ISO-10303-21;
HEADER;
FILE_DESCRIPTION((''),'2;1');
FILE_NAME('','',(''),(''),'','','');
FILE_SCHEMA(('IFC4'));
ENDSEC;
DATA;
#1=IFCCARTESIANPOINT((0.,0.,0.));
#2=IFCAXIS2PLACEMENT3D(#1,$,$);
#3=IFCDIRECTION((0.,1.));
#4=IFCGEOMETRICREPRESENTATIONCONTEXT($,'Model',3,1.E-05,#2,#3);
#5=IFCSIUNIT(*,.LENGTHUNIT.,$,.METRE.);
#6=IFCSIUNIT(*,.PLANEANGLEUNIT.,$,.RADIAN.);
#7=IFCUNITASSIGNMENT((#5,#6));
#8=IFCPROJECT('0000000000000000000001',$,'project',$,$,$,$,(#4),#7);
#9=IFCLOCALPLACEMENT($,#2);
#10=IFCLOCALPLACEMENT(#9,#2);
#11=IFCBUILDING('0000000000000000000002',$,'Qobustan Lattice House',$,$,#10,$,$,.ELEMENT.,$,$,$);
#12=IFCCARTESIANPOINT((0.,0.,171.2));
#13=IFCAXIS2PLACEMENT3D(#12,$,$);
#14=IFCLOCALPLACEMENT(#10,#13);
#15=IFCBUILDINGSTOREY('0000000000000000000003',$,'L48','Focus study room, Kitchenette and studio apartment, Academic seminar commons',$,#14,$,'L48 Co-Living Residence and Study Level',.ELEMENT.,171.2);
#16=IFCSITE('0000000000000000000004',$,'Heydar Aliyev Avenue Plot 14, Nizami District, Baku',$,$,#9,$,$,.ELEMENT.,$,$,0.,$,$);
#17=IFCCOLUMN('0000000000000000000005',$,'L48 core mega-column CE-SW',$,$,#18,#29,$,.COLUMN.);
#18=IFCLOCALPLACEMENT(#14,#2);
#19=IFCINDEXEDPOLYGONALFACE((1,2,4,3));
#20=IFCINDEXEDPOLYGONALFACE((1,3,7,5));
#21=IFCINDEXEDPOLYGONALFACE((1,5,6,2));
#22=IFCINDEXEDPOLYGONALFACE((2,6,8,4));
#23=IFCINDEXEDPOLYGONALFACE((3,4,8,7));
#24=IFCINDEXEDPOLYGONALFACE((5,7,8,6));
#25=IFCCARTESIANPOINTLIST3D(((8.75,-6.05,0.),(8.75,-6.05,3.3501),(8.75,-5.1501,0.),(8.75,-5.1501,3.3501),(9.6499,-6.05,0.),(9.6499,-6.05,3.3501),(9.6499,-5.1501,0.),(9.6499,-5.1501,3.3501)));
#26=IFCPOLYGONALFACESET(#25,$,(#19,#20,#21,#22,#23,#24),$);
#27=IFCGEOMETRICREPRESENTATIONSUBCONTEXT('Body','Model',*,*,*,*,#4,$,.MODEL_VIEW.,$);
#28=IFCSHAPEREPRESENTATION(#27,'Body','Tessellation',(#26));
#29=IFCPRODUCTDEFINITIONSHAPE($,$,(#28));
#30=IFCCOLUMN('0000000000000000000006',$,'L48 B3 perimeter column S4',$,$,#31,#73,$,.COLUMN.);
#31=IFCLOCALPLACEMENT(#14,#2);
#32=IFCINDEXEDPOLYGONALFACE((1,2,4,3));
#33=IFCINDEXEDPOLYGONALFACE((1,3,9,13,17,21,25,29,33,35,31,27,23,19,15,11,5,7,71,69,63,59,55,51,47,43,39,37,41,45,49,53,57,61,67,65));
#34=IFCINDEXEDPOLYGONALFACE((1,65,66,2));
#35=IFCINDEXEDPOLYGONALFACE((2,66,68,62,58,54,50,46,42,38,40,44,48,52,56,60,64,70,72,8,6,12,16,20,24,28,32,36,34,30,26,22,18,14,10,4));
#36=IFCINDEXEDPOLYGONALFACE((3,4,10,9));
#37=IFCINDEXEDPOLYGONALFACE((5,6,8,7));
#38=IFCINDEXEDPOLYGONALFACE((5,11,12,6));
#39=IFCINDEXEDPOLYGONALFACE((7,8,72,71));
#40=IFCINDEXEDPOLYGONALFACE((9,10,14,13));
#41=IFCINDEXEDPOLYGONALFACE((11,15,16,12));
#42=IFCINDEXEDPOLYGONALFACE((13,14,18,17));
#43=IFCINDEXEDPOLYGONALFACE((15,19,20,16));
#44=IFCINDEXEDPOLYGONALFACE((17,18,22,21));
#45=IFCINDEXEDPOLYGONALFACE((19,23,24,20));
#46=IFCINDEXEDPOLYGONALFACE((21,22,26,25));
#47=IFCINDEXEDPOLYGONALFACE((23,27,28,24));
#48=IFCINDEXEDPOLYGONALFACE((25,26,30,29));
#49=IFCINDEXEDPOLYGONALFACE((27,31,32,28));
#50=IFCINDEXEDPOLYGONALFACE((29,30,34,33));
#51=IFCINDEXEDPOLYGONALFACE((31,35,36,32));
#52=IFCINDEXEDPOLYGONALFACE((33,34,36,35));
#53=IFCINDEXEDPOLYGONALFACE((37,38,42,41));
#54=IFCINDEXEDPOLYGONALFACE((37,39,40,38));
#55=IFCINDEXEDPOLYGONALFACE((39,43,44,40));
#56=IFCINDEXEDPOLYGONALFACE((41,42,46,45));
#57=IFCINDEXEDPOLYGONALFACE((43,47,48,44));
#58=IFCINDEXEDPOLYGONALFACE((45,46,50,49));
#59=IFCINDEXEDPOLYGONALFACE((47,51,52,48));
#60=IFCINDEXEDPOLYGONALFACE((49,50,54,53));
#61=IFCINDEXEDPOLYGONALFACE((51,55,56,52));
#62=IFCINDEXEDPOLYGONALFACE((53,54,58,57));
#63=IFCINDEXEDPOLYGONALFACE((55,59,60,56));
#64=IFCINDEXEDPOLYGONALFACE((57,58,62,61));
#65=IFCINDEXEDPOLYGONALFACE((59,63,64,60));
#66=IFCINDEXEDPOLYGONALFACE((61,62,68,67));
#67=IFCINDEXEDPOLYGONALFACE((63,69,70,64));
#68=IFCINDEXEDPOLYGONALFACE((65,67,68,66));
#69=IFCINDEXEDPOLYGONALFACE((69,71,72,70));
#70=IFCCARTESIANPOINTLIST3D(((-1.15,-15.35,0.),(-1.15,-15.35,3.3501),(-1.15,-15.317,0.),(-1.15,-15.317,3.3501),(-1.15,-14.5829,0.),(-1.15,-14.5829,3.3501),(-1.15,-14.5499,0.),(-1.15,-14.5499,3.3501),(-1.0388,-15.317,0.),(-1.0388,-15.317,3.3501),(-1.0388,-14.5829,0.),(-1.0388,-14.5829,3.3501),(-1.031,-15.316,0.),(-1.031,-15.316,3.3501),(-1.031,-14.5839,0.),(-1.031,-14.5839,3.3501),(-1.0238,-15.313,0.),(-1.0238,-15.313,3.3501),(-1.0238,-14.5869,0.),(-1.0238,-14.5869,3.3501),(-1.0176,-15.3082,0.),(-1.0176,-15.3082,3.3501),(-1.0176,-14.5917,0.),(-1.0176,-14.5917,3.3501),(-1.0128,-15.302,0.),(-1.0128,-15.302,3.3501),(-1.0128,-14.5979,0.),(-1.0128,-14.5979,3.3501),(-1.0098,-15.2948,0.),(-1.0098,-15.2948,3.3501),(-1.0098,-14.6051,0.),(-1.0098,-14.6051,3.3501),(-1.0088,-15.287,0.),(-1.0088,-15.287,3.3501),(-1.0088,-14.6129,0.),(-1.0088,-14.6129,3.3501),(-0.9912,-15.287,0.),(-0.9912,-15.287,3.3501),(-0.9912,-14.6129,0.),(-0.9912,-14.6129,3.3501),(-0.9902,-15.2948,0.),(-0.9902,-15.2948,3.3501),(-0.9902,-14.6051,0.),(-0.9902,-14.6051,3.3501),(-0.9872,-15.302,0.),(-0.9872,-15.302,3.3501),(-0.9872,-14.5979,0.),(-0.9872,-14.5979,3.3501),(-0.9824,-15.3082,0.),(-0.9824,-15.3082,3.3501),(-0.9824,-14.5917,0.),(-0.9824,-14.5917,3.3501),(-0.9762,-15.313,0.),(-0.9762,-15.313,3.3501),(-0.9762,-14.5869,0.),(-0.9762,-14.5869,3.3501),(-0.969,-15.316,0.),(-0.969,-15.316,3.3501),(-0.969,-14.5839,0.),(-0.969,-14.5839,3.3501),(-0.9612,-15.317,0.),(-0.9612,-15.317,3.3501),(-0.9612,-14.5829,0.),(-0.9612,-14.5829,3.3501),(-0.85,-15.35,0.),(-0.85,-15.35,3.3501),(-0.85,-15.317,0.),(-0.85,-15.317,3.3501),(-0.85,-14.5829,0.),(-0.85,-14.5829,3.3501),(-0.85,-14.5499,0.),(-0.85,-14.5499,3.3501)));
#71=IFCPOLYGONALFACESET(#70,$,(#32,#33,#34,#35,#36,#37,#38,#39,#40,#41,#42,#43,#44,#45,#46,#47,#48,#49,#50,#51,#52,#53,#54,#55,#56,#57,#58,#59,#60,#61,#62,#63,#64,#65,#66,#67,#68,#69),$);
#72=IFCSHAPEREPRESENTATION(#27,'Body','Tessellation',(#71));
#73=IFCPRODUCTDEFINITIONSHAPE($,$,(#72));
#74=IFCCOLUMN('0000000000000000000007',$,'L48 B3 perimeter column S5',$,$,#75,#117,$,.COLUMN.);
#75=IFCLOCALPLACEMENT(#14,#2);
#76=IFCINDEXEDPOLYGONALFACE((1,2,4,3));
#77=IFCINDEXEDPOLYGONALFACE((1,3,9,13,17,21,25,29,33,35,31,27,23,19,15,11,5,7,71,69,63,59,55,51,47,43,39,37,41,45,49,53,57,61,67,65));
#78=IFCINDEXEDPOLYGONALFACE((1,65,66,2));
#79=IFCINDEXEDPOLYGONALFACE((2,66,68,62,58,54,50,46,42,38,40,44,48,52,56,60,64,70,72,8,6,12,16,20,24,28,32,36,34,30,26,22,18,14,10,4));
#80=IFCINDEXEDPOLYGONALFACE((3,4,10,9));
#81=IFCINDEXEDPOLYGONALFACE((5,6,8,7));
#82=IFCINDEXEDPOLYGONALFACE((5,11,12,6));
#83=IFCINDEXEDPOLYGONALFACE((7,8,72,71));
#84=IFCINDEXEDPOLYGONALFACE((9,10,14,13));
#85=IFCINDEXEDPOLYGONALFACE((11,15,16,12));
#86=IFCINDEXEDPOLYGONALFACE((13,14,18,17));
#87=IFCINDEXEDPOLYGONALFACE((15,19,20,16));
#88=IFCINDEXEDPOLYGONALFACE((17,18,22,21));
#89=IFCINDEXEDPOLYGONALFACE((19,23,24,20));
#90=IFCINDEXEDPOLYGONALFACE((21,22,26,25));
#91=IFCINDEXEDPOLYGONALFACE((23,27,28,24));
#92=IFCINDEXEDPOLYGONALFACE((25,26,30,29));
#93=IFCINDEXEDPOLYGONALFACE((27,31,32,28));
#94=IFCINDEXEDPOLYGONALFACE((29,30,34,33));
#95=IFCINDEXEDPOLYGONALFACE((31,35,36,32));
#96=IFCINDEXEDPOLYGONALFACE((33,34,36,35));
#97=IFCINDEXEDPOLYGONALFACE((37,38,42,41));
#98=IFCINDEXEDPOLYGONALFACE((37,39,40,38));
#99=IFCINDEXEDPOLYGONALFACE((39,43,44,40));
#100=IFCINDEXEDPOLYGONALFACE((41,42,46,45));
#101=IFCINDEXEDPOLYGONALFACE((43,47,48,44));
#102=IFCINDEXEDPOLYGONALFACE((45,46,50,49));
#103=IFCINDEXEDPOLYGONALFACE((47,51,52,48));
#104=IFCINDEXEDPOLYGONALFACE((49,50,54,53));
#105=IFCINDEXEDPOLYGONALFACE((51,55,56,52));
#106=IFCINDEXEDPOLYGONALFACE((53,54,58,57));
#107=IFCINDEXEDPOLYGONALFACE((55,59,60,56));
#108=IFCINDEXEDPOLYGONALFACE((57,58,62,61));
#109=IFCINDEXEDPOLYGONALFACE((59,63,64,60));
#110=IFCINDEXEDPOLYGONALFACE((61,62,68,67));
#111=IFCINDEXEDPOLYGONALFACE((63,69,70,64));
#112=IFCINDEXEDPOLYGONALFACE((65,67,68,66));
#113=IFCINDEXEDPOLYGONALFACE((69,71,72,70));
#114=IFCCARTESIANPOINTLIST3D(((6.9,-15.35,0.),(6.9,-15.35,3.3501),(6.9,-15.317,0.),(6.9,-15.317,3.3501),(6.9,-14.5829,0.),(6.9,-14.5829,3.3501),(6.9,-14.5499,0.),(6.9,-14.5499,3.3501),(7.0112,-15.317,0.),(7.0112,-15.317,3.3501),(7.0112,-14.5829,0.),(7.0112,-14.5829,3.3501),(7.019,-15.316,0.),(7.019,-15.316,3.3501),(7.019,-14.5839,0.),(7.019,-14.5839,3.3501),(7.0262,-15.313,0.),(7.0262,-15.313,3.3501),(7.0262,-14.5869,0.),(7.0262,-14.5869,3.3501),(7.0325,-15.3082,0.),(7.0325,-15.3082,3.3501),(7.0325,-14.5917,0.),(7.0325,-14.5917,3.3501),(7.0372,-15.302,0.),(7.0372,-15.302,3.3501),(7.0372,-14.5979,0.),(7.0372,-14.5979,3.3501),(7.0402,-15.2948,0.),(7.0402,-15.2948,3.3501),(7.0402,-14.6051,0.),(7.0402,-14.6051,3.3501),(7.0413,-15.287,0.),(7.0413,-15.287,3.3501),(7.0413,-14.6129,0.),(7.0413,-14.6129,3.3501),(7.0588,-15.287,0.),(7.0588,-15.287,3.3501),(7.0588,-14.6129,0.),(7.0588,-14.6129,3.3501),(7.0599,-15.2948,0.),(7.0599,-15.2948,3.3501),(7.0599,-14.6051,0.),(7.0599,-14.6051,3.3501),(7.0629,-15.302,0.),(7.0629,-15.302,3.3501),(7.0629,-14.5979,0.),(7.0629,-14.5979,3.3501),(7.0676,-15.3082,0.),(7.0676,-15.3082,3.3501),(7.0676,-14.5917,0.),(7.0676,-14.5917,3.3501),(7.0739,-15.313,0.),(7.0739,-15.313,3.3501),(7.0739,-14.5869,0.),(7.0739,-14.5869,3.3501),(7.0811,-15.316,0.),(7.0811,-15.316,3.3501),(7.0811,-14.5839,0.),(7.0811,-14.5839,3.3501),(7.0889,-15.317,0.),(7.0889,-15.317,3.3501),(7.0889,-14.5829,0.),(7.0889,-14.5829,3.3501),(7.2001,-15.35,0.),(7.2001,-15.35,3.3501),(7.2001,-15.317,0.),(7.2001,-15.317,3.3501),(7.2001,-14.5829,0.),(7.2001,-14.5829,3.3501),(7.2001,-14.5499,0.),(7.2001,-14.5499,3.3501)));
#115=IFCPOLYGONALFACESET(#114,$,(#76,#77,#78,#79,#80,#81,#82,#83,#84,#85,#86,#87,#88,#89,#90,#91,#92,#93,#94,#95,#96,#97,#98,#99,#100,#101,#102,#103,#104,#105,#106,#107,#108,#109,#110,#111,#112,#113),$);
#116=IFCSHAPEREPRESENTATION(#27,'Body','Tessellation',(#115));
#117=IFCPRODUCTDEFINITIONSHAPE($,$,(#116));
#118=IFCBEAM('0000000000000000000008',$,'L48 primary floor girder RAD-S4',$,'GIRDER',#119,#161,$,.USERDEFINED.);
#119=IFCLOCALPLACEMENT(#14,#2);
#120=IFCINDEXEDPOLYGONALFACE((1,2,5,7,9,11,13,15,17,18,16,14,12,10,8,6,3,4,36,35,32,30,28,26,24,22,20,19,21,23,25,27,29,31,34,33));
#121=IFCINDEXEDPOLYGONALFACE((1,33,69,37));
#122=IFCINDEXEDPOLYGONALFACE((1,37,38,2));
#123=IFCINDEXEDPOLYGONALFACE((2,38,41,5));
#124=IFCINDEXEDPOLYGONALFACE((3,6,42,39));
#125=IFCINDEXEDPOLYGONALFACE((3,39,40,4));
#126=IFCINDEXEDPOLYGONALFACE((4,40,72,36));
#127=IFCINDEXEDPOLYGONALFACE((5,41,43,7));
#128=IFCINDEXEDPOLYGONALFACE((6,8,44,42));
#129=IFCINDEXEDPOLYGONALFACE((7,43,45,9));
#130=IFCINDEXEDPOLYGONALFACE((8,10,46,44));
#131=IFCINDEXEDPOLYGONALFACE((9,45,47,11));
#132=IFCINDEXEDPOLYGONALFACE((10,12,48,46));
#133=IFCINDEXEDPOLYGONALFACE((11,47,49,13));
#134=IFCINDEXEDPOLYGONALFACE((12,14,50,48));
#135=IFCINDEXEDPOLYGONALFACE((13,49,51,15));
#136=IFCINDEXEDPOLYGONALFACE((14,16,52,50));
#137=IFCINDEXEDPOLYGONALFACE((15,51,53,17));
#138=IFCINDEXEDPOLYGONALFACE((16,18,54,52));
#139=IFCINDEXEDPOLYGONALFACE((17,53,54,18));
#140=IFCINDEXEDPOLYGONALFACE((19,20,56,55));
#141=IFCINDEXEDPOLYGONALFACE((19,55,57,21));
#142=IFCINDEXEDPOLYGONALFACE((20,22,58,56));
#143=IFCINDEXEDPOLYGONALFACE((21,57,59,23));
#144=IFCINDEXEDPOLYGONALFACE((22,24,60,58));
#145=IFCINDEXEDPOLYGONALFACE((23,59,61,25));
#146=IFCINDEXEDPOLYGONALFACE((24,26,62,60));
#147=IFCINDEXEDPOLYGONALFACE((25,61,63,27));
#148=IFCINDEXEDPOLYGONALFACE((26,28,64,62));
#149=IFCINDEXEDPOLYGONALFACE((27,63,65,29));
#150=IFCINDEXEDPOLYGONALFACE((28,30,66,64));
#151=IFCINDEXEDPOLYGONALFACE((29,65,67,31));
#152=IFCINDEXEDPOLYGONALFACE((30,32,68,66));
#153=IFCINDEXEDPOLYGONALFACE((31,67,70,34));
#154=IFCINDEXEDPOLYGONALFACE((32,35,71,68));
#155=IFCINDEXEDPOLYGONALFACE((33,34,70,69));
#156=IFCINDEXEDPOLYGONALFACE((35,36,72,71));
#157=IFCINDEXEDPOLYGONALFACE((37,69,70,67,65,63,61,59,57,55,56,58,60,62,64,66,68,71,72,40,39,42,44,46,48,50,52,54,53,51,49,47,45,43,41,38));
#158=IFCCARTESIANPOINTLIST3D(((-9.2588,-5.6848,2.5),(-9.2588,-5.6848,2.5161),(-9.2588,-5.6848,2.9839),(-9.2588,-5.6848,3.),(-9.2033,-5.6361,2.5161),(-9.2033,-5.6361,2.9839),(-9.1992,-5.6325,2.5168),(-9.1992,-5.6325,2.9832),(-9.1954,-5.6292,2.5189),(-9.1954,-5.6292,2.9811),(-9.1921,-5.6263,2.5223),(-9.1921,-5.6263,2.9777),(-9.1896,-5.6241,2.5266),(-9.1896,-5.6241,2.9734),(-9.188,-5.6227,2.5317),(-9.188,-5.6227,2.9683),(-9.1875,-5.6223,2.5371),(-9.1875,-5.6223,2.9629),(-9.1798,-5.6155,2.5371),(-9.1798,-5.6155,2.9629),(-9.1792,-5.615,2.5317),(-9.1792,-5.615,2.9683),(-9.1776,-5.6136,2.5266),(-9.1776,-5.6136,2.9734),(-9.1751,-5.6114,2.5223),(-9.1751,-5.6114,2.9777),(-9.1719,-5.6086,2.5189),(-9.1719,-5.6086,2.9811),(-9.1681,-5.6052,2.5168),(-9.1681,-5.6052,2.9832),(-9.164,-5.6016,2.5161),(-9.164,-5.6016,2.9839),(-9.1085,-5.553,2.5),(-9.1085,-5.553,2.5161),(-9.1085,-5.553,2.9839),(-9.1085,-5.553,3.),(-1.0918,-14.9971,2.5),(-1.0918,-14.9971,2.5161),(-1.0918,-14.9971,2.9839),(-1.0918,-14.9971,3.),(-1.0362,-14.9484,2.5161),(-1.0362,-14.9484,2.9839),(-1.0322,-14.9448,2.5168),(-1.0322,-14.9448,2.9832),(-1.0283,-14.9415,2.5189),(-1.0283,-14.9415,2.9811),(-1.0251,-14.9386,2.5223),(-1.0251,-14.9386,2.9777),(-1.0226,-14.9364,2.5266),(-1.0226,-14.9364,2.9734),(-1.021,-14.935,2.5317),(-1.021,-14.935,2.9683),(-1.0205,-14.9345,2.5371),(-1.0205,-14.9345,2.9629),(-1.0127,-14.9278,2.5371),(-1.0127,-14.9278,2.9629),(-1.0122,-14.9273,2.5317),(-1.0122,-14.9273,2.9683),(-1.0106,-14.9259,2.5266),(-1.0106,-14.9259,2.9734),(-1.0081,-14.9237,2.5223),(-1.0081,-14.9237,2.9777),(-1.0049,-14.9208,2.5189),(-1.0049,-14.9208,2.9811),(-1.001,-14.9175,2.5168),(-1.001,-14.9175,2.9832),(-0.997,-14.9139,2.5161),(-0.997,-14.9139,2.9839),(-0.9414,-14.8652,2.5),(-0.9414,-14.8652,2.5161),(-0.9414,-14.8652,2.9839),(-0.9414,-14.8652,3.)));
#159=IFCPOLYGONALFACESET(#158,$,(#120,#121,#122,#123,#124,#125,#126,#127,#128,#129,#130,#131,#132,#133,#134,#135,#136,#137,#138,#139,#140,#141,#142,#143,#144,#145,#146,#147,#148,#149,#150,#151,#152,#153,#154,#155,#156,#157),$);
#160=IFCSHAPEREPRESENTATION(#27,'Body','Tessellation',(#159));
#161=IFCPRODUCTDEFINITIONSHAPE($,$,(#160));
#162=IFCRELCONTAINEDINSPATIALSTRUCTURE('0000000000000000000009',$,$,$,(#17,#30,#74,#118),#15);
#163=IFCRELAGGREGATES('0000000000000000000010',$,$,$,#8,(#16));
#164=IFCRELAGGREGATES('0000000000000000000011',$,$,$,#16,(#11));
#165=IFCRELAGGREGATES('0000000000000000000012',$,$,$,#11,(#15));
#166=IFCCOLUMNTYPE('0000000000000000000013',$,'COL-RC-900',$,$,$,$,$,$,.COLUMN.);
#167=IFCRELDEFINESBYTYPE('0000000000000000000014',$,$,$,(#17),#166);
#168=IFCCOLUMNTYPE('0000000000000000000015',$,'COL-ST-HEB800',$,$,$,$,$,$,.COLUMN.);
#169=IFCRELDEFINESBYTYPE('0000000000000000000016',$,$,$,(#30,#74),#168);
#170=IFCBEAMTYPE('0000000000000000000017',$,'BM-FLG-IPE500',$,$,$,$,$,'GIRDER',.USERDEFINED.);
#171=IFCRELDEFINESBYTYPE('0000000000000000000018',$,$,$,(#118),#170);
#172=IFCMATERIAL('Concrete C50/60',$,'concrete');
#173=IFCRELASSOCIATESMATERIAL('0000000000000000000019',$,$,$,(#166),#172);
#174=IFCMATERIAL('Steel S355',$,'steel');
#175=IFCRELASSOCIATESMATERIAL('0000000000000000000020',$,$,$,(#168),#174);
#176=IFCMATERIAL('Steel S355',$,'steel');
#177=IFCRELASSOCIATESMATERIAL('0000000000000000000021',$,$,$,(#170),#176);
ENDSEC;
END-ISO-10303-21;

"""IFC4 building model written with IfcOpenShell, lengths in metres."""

from ifc_helpers import new_model, si_unit, direction, frame, origin, origin_2d, place, context, subcontext, project, spatial, rectangle, i_section, extrude, material, material_profile, profile_set, type_object, element, save


model = new_model("IFC4")

# Units and contexts
model_context = context("Model", 3, precision=1e-05, world=origin(), true_north=direction((0.0, 1.0)))
body_context = subcontext(model_context, "Body", "Model", "MODEL_VIEW")
ifc_project = project(units=[si_unit("LENGTHUNIT", "METRE"), si_unit("PLANEANGLEUNIT", "RADIAN")], contexts=[model_context])

# Site, building, storey
site_placement = place(None, origin())
site = spatial("IfcSite", under=ifc_project, at=site_placement, Name="Heydar Aliyev Avenue Plot 14, Nizami District, Baku", CompositionType="ELEMENT", RefElevation=0.0)
building_placement = place(site_placement, origin())
building = spatial("IfcBuilding", under=site, at=building_placement, Name="Qobustan Lattice House", CompositionType="ELEMENT")
storey_placement = place(building_placement, frame((0.0, 0.0, 171.2)))
storey = spatial("IfcBuildingStorey", under=building, at=storey_placement, Name="L48", Description="Focus study room, Kitchenette and studio apartment, Academic seminar commons", LongName="L48 Co-Living Residence and Study Level", CompositionType="ELEMENT", Elevation=171.2)

# Columns
ifc_material_1 = material(Name="Concrete C50/60", Category="concrete")
ifc_material_profile_1 = material_profile(ifc_material_1, rectangle(XDim=0.8999, YDim=0.8999, at=origin_2d()), Name="RC900x900")
ifc_profile_set_1 = profile_set([ifc_material_profile_1], Name="Concrete C50/60")
column_type_1 = type_object("IfcColumnType", Name="COL-RC-900", PredefinedType="COLUMN", material=ifc_profile_set_1)
column_placement = place(storey_placement, frame((9.2, -5.6001, 0.0), z_axis=(0.0, 0.0, 1.0), x_axis=(1.0, 0.0, 0.0)))
element("IfcColumn", 1, at=column_placement, inside=storey, type_object=column_type_1, Name="L48 core mega-column CE-SW", PredefinedType="COLUMN", context=body_context, shape_type="SweptSolid", body=[
    extrude(rectangle(XDim=0.8999, YDim=0.8999, at=origin_2d()), origin(), (0.0, 0.0, 1.0), 3.3501),
])
ifc_material_2 = material(Name="Steel S355", Category="steel")
ifc_material_profile_2 = material_profile(ifc_material_2, i_section(OverallWidth=0.3, OverallDepth=0.8, WebThickness=0.0176, FlangeThickness=0.033, FilletRadius=0.03, at=origin_2d()), Name="HEB800")
ifc_profile_set_2 = profile_set([ifc_material_profile_2], Name="Steel S355")
column_type_2 = type_object("IfcColumnType", Name="COL-ST-HEB800", PredefinedType="COLUMN", material=ifc_profile_set_2)
for number, where, z_axis, x_axis, name in (
    (2, (-1.0, -14.95, 0.0), (0.0, 0.0, 1.0), (1.0, 0.0, 0.0), "L48 B3 perimeter column S4"),
    (3, (7.05, -14.95, 0.0), (0.0, 0.0, 1.0), (1.0, 0.0, 0.0), "L48 B3 perimeter column S5"),
):
    element("IfcColumn", number, at=place(storey_placement, frame(where, z_axis=z_axis, x_axis=x_axis)), inside=storey, type_object=column_type_2, Name=name, PredefinedType="COLUMN", context=body_context, shape_type="SweptSolid", body=[
        extrude(i_section(OverallWidth=0.3, OverallDepth=0.8, WebThickness=0.0176, FlangeThickness=0.033, FilletRadius=0.03, at=origin_2d()), origin(), (0.0, 0.0, 1.0), 3.3501),
    ])

# Beam
ifc_material_3 = material(Name="Steel S355", Category="steel")
ifc_material_profile_3 = material_profile(ifc_material_3, i_section(OverallWidth=0.2, OverallDepth=0.5, WebThickness=0.0103, FlangeThickness=0.0161, FilletRadius=0.021, at=origin_2d()), Name="IPE500")
ifc_profile_set_3 = profile_set([ifc_material_profile_3], Name="Steel S355")
beam_type_1 = type_object("IfcBeamType", Name="BM-FLG-IPE500", ElementType="GIRDER", PredefinedType="USERDEFINED", material=ifc_profile_set_3)
beam_1_placement = place(storey_placement, frame((-1.0166, -14.9312, 2.75), z_axis=(-0.659362, 0.751825, 0.0), x_axis=(-0.751825, -0.659362, 0.0)))
element("IfcBeam", 4, at=beam_1_placement, inside=storey, type_object=beam_type_1, Name="L48 primary floor girder RAD-S4", ObjectType="GIRDER", PredefinedType="USERDEFINED", context=body_context, shape_type="SweptSolid", body=[
    extrude(i_section(OverallWidth=0.2, OverallDepth=0.5, WebThickness=0.0103, FlangeThickness=0.0161, FilletRadius=0.021, at=origin_2d()), origin(), (0.0, 0.0, 1.0), 12.3862),
])

save(model, "model.ifc")
